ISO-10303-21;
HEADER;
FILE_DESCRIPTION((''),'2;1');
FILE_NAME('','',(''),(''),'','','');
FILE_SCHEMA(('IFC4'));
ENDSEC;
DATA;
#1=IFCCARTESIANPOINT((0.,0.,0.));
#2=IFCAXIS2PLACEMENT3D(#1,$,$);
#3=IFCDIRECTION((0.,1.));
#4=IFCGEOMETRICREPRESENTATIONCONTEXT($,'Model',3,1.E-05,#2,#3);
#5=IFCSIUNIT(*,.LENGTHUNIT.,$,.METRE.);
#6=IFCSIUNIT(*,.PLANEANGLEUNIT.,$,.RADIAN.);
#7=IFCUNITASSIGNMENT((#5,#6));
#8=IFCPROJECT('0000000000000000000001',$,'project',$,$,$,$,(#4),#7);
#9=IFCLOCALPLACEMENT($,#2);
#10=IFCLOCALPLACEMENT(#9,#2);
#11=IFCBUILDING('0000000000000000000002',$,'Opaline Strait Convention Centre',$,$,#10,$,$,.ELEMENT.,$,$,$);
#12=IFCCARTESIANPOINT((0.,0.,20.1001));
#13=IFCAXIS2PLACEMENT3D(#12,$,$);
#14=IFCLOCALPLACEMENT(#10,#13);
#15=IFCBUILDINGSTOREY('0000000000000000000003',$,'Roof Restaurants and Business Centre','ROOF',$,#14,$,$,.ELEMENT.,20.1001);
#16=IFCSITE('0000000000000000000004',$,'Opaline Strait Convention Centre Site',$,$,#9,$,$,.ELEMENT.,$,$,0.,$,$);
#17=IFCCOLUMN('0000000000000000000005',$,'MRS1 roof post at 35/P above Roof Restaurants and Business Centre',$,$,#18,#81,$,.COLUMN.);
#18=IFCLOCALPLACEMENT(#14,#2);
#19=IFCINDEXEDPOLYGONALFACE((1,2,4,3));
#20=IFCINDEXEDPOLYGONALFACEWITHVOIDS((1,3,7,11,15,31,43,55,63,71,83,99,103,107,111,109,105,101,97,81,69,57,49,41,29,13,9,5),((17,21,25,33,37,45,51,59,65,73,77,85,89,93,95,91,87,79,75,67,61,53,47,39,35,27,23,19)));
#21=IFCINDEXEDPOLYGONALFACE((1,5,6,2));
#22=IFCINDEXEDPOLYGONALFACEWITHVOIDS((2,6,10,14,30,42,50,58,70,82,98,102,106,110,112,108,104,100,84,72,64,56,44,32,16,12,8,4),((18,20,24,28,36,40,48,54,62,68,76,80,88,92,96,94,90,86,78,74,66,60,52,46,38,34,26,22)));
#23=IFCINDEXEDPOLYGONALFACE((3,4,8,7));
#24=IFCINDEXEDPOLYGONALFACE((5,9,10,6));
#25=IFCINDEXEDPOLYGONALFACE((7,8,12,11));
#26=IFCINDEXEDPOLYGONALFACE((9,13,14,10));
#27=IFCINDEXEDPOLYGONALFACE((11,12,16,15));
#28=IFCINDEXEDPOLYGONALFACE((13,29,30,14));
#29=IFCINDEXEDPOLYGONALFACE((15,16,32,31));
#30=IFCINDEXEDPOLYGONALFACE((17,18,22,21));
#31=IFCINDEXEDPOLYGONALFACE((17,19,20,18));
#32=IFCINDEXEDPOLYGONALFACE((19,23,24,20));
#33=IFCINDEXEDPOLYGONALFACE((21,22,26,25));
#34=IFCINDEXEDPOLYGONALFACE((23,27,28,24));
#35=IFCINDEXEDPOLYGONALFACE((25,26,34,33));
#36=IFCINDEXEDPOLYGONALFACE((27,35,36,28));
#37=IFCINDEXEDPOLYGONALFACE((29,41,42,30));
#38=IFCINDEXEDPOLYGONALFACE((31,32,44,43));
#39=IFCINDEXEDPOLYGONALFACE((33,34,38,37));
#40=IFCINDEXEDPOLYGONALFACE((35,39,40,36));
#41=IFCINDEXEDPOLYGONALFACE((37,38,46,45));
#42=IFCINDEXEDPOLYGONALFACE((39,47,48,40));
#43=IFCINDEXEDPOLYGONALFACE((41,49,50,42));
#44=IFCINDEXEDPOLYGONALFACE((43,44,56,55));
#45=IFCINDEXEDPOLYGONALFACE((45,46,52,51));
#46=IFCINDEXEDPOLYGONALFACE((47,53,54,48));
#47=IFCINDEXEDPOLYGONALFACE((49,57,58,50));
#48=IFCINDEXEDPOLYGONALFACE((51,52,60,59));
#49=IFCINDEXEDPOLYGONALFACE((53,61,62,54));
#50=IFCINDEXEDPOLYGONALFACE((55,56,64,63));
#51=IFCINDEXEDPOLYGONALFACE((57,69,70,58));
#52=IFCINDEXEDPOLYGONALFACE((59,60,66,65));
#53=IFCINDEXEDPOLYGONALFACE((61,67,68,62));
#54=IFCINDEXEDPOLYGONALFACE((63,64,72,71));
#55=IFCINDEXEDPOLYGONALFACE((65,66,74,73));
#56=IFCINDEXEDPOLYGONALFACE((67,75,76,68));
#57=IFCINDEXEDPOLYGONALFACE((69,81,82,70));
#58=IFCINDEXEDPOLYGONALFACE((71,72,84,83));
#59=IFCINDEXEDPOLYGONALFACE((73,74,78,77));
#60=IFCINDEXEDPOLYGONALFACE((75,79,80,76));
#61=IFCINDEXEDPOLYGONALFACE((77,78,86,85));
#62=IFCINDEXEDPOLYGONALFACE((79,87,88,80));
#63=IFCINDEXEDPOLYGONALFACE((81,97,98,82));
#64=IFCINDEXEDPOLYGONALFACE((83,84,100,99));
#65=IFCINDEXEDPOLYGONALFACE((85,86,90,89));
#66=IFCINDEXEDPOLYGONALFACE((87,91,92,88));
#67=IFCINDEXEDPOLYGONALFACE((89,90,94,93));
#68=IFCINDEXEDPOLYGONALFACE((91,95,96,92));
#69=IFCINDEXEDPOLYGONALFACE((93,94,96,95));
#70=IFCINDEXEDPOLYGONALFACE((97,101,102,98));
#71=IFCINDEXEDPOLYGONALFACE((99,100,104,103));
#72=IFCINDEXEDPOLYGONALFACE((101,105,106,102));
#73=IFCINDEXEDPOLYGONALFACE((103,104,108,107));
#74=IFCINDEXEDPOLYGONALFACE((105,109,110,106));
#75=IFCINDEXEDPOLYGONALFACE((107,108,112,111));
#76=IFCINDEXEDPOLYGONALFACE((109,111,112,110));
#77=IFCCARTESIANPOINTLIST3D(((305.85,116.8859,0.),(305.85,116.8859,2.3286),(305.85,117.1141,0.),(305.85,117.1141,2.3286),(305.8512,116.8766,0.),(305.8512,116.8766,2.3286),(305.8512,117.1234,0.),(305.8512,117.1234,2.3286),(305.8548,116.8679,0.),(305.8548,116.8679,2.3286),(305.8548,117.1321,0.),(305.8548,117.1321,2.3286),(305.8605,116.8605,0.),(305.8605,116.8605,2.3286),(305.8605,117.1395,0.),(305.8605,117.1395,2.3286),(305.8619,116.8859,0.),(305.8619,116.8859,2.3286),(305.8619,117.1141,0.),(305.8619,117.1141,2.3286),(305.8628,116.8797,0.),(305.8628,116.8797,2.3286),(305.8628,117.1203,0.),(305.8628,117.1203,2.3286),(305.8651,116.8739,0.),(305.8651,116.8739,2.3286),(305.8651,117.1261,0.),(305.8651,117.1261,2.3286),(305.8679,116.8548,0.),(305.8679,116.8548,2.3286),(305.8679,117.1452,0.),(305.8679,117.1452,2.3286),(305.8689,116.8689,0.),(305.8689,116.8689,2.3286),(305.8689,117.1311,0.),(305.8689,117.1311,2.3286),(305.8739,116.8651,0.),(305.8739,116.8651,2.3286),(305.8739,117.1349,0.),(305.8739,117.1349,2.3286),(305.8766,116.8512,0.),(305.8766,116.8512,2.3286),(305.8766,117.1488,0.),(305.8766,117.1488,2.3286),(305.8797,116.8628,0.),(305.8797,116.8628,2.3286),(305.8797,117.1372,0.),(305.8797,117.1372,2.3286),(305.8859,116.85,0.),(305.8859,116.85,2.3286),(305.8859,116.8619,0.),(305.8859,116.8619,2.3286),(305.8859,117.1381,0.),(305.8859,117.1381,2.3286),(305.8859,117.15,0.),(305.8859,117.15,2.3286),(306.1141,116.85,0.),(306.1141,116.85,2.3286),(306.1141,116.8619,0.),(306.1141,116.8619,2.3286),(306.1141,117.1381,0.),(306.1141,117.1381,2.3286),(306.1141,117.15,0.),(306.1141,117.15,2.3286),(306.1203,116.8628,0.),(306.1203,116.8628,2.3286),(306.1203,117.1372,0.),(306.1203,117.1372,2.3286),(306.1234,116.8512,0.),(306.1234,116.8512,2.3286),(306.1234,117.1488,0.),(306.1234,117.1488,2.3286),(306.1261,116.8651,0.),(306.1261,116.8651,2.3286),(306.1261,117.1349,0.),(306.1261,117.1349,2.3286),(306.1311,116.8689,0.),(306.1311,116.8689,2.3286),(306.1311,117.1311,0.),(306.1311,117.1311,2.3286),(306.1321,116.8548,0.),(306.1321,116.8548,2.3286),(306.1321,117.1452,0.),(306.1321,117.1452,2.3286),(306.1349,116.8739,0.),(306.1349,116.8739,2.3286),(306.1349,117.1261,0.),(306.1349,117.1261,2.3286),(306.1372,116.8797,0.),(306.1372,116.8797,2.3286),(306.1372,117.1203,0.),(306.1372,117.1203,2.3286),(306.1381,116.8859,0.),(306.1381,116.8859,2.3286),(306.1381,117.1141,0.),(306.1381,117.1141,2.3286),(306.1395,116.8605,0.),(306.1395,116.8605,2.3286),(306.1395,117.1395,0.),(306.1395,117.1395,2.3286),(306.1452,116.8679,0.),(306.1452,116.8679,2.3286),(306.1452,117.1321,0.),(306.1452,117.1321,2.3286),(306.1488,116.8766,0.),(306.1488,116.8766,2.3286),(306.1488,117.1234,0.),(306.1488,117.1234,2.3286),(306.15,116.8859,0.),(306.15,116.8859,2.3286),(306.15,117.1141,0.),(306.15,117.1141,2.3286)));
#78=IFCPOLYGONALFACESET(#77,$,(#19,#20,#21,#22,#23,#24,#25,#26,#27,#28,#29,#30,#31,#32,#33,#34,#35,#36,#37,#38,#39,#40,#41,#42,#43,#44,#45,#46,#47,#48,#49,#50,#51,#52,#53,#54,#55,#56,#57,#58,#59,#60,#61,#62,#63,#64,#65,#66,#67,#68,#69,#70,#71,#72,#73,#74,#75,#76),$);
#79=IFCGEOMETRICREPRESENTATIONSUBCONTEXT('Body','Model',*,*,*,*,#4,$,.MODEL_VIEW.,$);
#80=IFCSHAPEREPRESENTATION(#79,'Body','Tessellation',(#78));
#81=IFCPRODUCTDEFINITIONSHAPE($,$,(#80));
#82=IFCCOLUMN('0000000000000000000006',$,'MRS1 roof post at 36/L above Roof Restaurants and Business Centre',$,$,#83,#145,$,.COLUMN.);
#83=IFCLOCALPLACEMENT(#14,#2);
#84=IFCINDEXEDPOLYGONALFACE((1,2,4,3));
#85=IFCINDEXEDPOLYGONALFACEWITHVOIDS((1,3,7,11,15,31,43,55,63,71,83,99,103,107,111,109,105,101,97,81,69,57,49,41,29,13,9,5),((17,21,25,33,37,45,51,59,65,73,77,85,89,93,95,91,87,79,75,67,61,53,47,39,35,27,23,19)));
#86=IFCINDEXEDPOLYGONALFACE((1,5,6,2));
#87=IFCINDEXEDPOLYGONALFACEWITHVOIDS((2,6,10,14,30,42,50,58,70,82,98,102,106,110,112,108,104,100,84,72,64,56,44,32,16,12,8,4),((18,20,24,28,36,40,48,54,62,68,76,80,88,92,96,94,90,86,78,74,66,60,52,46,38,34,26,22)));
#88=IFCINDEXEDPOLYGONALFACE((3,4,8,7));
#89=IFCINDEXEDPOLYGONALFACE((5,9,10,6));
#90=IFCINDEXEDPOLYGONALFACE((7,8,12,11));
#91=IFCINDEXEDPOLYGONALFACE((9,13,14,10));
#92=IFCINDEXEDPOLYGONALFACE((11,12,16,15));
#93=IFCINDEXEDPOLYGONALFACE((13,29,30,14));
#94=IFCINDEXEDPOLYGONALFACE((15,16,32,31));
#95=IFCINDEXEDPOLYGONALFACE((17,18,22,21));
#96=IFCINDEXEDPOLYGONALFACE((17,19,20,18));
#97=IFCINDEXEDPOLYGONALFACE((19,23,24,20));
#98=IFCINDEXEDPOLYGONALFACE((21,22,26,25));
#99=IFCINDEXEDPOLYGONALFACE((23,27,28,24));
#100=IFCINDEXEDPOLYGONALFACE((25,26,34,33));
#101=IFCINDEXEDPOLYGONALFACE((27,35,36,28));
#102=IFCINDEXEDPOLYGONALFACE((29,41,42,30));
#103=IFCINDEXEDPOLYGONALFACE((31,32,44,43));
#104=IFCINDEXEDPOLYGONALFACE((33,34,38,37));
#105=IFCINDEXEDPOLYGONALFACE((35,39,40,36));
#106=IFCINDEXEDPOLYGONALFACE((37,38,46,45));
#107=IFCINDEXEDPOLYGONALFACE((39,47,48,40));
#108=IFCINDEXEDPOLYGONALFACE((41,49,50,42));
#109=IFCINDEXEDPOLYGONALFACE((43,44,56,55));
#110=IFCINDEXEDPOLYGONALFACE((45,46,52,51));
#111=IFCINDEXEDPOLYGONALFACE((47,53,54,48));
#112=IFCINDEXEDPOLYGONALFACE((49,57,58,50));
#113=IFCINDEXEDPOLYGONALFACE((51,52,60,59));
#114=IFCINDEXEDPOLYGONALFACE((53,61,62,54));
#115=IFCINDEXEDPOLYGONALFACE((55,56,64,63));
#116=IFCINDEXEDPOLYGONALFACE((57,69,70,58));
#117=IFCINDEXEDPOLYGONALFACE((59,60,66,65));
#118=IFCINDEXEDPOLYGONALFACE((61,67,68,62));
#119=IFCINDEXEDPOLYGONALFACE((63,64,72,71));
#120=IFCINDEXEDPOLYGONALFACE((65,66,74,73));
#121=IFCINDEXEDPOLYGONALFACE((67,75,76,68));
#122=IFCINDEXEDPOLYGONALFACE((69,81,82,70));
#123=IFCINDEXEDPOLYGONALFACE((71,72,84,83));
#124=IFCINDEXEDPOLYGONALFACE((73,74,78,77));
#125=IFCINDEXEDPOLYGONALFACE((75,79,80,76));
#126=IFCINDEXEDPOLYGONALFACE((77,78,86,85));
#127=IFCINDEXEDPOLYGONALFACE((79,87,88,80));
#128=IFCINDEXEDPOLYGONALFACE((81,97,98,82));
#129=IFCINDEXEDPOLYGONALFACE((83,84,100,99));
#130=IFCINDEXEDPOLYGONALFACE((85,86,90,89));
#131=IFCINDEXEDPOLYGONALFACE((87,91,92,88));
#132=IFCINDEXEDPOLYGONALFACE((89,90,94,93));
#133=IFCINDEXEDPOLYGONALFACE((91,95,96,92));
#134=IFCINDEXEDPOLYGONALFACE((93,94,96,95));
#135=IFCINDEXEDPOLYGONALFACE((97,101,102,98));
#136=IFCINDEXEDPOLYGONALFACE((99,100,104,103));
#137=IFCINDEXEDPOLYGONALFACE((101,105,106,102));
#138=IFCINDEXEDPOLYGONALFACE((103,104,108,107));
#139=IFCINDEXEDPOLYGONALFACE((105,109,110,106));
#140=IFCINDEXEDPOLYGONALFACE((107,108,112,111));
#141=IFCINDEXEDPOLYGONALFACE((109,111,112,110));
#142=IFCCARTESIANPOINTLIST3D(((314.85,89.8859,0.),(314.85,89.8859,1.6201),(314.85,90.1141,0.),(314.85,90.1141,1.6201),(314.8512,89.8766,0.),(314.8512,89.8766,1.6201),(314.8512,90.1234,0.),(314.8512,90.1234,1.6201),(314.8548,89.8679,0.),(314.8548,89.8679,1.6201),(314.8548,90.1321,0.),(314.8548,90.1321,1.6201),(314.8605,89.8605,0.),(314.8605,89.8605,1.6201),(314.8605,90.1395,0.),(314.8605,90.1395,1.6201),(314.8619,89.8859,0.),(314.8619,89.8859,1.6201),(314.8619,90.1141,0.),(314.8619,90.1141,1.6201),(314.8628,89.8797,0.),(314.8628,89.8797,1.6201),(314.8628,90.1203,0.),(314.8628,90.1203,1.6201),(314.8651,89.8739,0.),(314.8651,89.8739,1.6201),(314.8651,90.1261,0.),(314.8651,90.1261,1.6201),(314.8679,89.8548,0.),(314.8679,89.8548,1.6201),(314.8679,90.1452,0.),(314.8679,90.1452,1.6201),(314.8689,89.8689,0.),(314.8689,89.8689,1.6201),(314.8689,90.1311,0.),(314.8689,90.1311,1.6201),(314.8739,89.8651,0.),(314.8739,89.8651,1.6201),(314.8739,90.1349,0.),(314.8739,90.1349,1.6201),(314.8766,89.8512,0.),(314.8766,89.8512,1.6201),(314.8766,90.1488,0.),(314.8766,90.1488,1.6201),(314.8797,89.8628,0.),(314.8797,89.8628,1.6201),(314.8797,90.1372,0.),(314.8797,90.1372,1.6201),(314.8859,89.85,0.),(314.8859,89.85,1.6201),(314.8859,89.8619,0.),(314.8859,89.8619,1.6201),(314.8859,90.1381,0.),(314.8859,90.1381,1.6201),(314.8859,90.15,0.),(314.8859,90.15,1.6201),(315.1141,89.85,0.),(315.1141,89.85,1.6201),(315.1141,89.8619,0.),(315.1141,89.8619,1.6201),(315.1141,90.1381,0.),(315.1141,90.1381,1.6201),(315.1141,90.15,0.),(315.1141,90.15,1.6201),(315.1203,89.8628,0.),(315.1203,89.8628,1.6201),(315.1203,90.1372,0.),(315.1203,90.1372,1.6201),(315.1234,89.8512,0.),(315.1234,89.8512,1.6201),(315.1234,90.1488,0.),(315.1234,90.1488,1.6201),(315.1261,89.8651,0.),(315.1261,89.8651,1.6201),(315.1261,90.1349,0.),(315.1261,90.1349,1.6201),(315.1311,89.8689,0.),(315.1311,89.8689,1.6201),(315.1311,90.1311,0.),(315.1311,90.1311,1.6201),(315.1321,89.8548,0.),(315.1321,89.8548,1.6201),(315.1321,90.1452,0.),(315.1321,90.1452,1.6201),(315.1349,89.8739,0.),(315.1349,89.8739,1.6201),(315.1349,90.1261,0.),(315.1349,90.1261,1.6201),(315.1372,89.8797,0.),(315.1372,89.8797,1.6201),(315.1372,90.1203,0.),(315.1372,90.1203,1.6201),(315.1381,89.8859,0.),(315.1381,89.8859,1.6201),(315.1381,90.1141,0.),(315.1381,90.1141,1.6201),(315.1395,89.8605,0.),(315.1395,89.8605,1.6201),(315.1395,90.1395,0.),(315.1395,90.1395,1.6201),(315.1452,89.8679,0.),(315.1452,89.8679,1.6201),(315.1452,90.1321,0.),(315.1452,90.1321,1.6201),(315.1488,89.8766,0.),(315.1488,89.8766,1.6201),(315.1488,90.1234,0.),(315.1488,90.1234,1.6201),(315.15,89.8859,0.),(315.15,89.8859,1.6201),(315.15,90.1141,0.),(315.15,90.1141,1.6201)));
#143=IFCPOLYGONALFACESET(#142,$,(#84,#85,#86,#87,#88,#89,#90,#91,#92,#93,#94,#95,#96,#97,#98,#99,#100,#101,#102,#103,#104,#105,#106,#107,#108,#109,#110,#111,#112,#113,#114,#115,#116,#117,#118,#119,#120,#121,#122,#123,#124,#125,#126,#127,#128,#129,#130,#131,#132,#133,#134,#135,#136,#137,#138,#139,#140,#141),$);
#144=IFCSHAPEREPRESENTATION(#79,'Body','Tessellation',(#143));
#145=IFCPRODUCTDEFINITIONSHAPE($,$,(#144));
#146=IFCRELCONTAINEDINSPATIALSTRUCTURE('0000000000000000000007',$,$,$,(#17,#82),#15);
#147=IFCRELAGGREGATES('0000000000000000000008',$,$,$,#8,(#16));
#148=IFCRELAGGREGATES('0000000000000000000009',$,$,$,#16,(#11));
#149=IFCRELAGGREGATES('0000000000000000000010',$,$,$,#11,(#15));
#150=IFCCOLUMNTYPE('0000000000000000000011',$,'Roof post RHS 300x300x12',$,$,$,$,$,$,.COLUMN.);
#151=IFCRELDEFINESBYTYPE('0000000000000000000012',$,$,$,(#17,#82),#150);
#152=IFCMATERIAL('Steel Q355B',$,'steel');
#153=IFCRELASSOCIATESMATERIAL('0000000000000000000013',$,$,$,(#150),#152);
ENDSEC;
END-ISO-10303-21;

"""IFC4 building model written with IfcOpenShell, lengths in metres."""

from ifc_helpers import new_model, si_unit, direction, frame, origin, origin_2d, place, context, subcontext, project, spatial, hollow_rectangle, extrude, material, material_profile, profile_set, type_object, element, save


model = new_model("IFC4")

# Units and contexts
model_context = context("Model", 3, precision=1e-05, world=origin(), true_north=direction((0.0, 1.0)))
body_context = subcontext(model_context, "Body", "Model", "MODEL_VIEW")
ifc_project = project(units=[si_unit("LENGTHUNIT", "METRE"), si_unit("PLANEANGLEUNIT", "RADIAN")], contexts=[model_context])

# Site, building, storey
site_placement = place(None, origin())
site = spatial("IfcSite", under=ifc_project, at=site_placement, Name="Opaline Strait Convention Centre Site", CompositionType="ELEMENT", RefElevation=0.0)
building_placement = place(site_placement, origin())
building = spatial("IfcBuilding", under=site, at=building_placement, Name="Opaline Strait Convention Centre", CompositionType="ELEMENT")
storey_placement = place(building_placement, frame((0.0, 0.0, 20.1001)))
storey = spatial("IfcBuildingStorey", under=building, at=storey_placement, Name="Roof Restaurants and Business Centre", Description="ROOF", CompositionType="ELEMENT", Elevation=20.1001)

# Columns
ifc_material = material(Name="Steel Q355B", Category="steel")
ifc_material_profile = material_profile(ifc_material, hollow_rectangle(XDim=0.3, YDim=0.3, WallThickness=0.012, InnerFilletRadius=0.0239, OuterFilletRadius=0.0359, at=origin_2d()), Name="RHS 300x300x12")
ifc_profile_set = profile_set([ifc_material_profile], Name="Steel Q355B")
column_type = type_object("IfcColumnType", Name="Roof post RHS 300x300x12", PredefinedType="COLUMN", material=ifc_profile_set)
for number, where, z_axis, x_axis, name in (
    (1, (306.0, 117.0, 0.0), (0.0, 0.0, 1.0), (1.0, 0.0, 0.0), "MRS1 roof post at 35/P above Roof Restaurants and Business Centre"),
):
    element("IfcColumn", number, at=place(storey_placement, frame(where, z_axis=z_axis, x_axis=x_axis)), inside=storey, type_object=column_type, Name=name, PredefinedType="COLUMN", context=body_context, shape_type="SweptSolid", body=[
        extrude(hollow_rectangle(XDim=0.3, YDim=0.3, WallThickness=0.012, InnerFilletRadius=0.0239, OuterFilletRadius=0.0359, at=origin_2d()), origin(), (0.0, 0.0, 1.0), 2.3286),
    ])
for number, where, z_axis, x_axis, name in (
    (2, (315.0, 90.0, 0.0), (0.0, 0.0, 1.0), (1.0, 0.0, 0.0), "MRS1 roof post at 36/L above Roof Restaurants and Business Centre"),
):
    element("IfcColumn", number, at=place(storey_placement, frame(where, z_axis=z_axis, x_axis=x_axis)), inside=storey, type_object=column_type, Name=name, PredefinedType="COLUMN", context=body_context, shape_type="SweptSolid", body=[
        extrude(hollow_rectangle(XDim=0.3, YDim=0.3, WallThickness=0.012, InnerFilletRadius=0.0239, OuterFilletRadius=0.0359, at=origin_2d()), origin(), (0.0, 0.0, 1.0), 1.6201),
    ])

save(model, "model.ifc")
